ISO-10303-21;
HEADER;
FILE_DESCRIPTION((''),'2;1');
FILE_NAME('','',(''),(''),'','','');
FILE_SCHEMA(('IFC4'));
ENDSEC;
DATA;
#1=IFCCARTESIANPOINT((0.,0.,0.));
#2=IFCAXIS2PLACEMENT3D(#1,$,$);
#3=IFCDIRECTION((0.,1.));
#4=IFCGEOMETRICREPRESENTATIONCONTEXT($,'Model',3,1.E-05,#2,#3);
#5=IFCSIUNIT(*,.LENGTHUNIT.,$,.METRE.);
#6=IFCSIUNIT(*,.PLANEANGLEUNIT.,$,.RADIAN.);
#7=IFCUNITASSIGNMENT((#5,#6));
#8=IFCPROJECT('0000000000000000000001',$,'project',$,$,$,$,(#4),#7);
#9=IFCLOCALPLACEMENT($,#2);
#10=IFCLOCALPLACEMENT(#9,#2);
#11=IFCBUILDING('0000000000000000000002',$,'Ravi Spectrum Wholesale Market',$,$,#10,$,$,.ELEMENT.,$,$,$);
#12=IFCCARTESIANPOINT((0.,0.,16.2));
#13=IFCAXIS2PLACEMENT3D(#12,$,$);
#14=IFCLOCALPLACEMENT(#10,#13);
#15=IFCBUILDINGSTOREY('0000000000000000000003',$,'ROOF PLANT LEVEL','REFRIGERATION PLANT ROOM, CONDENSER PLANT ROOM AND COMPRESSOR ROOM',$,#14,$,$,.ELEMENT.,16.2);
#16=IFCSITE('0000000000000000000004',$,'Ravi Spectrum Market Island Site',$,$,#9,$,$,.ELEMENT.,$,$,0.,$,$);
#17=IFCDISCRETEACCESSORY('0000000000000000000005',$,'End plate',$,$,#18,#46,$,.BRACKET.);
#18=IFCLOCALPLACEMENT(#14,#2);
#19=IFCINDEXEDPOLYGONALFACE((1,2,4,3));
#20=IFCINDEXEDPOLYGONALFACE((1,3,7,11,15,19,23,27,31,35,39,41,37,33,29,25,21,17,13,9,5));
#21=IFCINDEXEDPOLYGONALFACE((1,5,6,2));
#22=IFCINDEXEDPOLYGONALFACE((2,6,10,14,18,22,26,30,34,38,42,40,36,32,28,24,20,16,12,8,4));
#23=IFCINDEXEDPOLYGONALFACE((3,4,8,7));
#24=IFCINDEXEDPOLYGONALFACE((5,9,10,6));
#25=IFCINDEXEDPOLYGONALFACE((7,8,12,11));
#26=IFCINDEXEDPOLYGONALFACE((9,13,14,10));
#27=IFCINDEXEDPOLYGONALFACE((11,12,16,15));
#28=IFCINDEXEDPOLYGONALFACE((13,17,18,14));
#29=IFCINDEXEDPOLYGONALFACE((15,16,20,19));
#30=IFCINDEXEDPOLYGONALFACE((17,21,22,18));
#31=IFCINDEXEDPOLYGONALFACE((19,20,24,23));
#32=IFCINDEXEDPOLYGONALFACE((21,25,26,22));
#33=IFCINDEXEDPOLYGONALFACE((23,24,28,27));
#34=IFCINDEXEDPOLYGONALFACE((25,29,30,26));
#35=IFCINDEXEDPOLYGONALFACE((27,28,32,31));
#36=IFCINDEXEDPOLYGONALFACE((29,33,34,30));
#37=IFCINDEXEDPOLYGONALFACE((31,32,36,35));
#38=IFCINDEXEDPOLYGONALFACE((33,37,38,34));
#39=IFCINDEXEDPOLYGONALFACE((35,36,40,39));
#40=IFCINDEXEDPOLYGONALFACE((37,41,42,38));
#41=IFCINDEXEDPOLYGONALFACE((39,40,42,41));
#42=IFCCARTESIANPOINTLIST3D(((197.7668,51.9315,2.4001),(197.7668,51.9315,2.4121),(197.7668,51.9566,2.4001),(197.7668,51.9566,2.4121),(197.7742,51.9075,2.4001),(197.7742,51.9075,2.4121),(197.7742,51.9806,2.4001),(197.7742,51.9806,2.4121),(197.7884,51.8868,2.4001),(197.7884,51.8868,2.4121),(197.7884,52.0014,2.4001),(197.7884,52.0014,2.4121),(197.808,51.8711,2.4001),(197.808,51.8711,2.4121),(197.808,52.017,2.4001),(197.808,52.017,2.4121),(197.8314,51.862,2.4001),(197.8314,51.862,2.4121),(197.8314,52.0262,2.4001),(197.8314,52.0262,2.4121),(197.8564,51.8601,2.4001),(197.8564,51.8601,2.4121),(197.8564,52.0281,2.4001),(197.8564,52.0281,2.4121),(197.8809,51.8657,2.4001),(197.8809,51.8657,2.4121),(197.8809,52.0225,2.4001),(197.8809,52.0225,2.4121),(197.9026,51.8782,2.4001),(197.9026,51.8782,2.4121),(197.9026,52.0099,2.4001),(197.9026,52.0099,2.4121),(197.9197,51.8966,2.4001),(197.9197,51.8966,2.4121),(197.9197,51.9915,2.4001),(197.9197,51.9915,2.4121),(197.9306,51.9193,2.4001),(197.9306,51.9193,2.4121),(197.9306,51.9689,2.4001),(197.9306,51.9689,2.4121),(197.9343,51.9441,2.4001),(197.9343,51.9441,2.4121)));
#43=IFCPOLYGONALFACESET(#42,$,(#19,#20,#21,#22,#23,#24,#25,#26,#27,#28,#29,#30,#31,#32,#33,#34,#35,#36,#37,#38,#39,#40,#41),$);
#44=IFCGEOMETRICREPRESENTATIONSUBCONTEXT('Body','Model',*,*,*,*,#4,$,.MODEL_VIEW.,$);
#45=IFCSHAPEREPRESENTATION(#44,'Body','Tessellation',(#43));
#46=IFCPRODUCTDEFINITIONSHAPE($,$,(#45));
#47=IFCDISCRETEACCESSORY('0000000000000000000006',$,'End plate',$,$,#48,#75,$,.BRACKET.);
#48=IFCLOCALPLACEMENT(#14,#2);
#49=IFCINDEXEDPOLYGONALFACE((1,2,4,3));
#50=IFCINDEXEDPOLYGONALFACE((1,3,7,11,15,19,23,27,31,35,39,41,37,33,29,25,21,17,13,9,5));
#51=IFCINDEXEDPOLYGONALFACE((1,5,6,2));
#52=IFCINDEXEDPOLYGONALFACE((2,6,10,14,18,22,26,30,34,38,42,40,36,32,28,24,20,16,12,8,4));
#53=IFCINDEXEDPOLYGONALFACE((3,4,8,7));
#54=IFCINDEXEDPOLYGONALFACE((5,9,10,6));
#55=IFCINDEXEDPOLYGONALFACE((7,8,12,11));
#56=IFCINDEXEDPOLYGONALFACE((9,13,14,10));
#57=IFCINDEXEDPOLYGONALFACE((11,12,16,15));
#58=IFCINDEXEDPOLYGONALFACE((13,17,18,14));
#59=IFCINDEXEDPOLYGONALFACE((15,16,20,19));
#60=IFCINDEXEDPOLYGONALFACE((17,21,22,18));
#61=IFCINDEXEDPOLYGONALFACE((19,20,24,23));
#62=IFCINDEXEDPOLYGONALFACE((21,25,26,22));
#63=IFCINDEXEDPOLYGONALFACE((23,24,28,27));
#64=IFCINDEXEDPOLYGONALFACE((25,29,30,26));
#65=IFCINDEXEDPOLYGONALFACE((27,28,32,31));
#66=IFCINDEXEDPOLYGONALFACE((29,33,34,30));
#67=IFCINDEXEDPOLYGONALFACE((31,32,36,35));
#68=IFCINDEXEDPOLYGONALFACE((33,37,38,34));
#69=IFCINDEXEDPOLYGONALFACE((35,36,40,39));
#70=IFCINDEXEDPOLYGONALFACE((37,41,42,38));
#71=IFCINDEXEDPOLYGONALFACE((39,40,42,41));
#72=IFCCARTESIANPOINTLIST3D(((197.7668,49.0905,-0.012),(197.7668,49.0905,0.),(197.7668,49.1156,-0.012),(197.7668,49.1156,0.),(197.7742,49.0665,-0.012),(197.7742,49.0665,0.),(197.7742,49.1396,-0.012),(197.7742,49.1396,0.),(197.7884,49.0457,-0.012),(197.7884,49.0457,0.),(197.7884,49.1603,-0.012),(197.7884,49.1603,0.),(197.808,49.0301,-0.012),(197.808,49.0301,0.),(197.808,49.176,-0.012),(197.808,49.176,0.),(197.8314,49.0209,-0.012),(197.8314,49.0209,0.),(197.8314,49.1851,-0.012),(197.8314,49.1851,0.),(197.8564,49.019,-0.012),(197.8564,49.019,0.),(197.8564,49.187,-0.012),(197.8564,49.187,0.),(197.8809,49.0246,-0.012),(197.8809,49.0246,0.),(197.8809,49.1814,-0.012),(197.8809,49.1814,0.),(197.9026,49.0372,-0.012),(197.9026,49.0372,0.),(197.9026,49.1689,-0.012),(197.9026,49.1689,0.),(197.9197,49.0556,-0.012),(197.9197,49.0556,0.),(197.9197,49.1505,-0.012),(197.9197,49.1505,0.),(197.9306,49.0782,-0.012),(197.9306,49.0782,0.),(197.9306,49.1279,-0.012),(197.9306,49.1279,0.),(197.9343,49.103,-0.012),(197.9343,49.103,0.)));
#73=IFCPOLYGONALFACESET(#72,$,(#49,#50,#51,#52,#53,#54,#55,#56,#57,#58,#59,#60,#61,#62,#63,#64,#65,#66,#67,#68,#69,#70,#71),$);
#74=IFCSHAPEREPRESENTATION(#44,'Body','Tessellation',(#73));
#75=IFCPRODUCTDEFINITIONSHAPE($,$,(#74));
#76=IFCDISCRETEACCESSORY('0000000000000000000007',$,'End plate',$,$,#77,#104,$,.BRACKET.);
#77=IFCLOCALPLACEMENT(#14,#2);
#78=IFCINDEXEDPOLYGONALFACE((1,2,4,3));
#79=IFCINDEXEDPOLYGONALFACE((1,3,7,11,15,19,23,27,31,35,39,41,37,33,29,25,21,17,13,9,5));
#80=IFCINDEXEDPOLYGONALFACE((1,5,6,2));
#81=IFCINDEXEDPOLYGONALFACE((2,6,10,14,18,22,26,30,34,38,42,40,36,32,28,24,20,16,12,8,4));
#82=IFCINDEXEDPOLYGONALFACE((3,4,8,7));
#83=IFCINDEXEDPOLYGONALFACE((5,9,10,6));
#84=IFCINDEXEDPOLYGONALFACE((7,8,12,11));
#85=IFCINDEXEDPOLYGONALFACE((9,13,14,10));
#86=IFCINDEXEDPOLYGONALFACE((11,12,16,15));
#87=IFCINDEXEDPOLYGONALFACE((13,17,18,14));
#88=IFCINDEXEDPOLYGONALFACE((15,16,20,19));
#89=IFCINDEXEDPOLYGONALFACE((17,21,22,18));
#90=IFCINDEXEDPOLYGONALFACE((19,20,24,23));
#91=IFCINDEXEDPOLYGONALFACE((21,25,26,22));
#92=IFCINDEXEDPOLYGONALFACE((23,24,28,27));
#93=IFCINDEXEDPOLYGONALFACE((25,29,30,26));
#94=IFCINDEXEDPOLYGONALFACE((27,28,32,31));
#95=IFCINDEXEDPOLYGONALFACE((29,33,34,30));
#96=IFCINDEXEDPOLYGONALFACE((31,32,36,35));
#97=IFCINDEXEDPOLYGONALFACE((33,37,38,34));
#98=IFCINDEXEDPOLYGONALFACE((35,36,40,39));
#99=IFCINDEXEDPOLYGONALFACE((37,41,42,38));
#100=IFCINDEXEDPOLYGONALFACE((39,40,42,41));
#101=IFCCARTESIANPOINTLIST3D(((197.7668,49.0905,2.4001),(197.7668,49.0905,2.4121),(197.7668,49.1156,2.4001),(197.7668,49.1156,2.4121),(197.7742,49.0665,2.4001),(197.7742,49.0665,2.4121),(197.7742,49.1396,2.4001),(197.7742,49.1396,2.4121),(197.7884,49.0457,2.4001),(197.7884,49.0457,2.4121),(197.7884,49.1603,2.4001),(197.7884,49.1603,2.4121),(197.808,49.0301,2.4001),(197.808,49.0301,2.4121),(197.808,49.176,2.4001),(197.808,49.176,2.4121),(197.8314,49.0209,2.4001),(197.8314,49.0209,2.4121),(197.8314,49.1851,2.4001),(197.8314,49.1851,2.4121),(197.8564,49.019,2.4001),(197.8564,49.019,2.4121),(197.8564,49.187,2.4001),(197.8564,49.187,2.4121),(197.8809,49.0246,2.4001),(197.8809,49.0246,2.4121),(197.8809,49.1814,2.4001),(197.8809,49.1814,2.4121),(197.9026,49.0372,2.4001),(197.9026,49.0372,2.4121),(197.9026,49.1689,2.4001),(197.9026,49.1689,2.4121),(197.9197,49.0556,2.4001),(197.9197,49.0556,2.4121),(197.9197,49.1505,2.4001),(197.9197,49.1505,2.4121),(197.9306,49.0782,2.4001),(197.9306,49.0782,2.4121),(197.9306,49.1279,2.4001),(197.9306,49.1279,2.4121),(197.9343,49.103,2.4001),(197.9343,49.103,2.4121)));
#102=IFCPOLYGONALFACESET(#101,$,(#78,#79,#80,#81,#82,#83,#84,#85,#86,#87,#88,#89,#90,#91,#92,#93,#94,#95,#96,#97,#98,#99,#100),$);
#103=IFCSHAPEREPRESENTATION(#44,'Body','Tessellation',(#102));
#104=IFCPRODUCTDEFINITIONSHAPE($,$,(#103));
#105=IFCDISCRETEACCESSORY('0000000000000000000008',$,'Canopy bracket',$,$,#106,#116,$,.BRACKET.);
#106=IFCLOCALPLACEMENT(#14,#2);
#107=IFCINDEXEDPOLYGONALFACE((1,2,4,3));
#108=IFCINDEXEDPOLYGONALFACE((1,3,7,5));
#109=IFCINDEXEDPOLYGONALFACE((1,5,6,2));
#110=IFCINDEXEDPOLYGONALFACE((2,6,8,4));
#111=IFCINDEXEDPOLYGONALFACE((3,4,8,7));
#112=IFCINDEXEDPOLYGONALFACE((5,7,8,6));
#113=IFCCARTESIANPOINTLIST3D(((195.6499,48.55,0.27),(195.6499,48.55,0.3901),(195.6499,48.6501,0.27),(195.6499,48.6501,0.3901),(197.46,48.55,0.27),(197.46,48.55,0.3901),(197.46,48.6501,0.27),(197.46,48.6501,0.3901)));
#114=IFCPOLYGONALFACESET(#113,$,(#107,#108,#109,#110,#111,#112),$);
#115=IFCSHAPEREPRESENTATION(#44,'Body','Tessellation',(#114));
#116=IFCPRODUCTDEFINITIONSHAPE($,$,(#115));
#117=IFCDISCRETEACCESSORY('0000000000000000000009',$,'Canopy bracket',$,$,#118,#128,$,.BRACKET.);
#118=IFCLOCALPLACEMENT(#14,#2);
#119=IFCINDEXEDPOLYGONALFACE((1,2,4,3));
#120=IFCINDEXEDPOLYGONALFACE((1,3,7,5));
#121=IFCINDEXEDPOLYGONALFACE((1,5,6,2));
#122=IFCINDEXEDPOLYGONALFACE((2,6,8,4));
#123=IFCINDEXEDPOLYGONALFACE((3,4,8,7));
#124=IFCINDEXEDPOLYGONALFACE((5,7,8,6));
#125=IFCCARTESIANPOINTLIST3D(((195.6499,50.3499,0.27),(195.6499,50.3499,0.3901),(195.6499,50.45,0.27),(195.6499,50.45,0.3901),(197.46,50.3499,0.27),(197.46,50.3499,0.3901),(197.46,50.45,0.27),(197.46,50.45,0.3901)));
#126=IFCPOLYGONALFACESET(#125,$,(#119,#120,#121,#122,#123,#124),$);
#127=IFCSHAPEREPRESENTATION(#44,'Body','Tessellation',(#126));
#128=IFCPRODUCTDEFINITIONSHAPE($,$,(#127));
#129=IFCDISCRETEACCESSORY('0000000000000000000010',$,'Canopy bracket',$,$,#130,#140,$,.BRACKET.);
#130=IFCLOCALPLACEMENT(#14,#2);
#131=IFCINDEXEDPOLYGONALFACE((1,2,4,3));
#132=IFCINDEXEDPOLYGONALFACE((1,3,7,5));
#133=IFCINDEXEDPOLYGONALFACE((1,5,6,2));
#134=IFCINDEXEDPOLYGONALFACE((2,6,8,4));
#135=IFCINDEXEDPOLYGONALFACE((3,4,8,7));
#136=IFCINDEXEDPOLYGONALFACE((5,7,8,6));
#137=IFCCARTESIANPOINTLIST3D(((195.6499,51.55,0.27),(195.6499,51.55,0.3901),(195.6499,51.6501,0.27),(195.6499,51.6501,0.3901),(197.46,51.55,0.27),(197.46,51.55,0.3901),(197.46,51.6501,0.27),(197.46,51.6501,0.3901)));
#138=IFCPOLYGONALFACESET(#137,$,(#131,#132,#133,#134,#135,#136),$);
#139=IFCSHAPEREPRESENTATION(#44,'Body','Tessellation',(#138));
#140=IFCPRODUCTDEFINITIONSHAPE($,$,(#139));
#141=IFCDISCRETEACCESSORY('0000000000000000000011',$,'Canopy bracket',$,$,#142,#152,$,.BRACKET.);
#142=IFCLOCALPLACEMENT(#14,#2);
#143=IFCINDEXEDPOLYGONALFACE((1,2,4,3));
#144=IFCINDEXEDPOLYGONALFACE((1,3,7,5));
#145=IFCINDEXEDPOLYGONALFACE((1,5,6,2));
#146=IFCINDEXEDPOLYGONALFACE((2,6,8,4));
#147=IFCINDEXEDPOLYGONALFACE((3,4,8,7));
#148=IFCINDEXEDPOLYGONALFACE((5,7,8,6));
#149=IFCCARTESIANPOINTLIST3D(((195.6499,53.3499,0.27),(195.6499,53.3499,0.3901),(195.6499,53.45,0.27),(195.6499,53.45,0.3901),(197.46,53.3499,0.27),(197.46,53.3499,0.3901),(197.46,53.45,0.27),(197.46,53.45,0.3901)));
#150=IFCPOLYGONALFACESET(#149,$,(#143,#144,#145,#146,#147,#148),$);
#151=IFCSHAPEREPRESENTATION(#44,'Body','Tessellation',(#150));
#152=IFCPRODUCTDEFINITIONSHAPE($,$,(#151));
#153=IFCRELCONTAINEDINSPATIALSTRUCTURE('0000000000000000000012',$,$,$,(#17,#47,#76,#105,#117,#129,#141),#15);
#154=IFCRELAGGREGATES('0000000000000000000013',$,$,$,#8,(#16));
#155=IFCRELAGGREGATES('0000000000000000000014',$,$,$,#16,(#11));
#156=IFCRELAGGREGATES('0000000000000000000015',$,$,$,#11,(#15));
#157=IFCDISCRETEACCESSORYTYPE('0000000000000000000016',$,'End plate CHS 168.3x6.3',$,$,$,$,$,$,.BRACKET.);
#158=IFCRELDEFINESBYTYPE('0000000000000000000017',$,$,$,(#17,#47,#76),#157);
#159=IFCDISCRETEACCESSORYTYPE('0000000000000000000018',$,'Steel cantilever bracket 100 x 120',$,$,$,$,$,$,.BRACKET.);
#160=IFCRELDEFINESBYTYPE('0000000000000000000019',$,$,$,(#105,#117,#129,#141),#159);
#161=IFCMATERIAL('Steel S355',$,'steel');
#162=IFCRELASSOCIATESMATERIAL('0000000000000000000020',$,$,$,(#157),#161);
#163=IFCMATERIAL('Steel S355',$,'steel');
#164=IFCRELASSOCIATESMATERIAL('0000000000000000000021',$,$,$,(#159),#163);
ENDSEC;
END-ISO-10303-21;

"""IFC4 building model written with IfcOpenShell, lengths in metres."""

from ifc_helpers import new_model, si_unit, direction, frame, origin, origin_2d, place, context, subcontext, project, spatial, rectangle, circle, extrude, material, material_profile, profile_set, type_object, element, save


model = new_model("IFC4")

# Units and contexts
model_context = context("Model", 3, precision=1e-05, world=origin(), true_north=direction((0.0, 1.0)))
body_context = subcontext(model_context, "Body", "Model", "MODEL_VIEW")
ifc_project = project(units=[si_unit("LENGTHUNIT", "METRE"), si_unit("PLANEANGLEUNIT", "RADIAN")], contexts=[model_context])

# Site, building, storey
site_placement = place(None, origin())
site = spatial("IfcSite", under=ifc_project, at=site_placement, Name="Ravi Spectrum Market Island Site", CompositionType="ELEMENT", RefElevation=0.0)
building_placement = place(site_placement, origin())
building = spatial("IfcBuilding", under=site, at=building_placement, Name="Ravi Spectrum Wholesale Market", CompositionType="ELEMENT")
storey_placement = place(building_placement, frame((0.0, 0.0, 16.2)))
storey = spatial("IfcBuildingStorey", under=building, at=storey_placement, Name="ROOF PLANT LEVEL", Description="REFRIGERATION PLANT ROOM, CONDENSER PLANT ROOM AND COMPRESSOR ROOM", CompositionType="ELEMENT", Elevation=16.2)

# Discrete accessories
ifc_material_1 = material(Name="Steel S355", Category="steel")
ifc_material_profile_1 = material_profile(ifc_material_1, circle(Radius=0.0842, at=origin_2d()))
ifc_profile_set_1 = profile_set([ifc_material_profile_1], Name="Steel S355")
discrete_accessory_type_1 = type_object("IfcDiscreteAccessoryType", Name="End plate CHS 168.3x6.3", PredefinedType="BRACKET", material=ifc_profile_set_1)
for number, where, z_axis, x_axis, name in (
    (1, (197.8501, 51.9441, 2.4001), (0.0, 0.0, 1.0), (1.0, 0.0, 0.0), "End plate"),
    (2, (197.8501, 49.103, 0.0), (0.0, 0.0, -1.0), (1.0, 0.0, 0.0), "End plate"),
    (3, (197.8501, 49.103, 2.4001), (0.0, 0.0, 1.0), (1.0, 0.0, 0.0), "End plate"),
):
    element("IfcDiscreteAccessory", number, at=place(storey_placement, frame(where, z_axis=z_axis, x_axis=x_axis)), inside=storey, type_object=discrete_accessory_type_1, Name=name, PredefinedType="BRACKET", context=body_context, shape_type="SweptSolid", body=[
        extrude(circle(Radius=0.0842, at=origin_2d()), origin(), (0.0, 0.0, 1.0), 0.012),
    ])
ifc_material_2 = material(Name="Steel S355", Category="steel")
discrete_accessory_type_2 = type_object("IfcDiscreteAccessoryType", Name="Steel cantilever bracket 100 x 120", PredefinedType="BRACKET", material=ifc_material_2)
for number, where, z_axis, x_axis, name in (
    (4, (196.5549, 48.6001, 0.27), (0.0, 0.0, 1.0), (1.0, 0.0, 0.0), "Canopy bracket"),
    (5, (196.5549, 50.3999, 0.27), (0.0, 0.0, 1.0), (1.0, 0.0, 0.0), "Canopy bracket"),
    (6, (196.5549, 51.6001, 0.27), (0.0, 0.0, 1.0), (1.0, 0.0, 0.0), "Canopy bracket"),
    (7, (196.5549, 53.3999, 0.27), (0.0, 0.0, 1.0), (1.0, 0.0, 0.0), "Canopy bracket"),
):
    element("IfcDiscreteAccessory", number, at=place(storey_placement, frame(where, z_axis=z_axis, x_axis=x_axis)), inside=storey, type_object=discrete_accessory_type_2, Name=name, PredefinedType="BRACKET", context=body_context, shape_type="SweptSolid", body=[
        extrude(rectangle(XDim=1.8101, YDim=0.1001, at=origin_2d()), origin(), (0.0, 0.0, 1.0), 0.1201),
    ])

save(model, "model.ifc")
